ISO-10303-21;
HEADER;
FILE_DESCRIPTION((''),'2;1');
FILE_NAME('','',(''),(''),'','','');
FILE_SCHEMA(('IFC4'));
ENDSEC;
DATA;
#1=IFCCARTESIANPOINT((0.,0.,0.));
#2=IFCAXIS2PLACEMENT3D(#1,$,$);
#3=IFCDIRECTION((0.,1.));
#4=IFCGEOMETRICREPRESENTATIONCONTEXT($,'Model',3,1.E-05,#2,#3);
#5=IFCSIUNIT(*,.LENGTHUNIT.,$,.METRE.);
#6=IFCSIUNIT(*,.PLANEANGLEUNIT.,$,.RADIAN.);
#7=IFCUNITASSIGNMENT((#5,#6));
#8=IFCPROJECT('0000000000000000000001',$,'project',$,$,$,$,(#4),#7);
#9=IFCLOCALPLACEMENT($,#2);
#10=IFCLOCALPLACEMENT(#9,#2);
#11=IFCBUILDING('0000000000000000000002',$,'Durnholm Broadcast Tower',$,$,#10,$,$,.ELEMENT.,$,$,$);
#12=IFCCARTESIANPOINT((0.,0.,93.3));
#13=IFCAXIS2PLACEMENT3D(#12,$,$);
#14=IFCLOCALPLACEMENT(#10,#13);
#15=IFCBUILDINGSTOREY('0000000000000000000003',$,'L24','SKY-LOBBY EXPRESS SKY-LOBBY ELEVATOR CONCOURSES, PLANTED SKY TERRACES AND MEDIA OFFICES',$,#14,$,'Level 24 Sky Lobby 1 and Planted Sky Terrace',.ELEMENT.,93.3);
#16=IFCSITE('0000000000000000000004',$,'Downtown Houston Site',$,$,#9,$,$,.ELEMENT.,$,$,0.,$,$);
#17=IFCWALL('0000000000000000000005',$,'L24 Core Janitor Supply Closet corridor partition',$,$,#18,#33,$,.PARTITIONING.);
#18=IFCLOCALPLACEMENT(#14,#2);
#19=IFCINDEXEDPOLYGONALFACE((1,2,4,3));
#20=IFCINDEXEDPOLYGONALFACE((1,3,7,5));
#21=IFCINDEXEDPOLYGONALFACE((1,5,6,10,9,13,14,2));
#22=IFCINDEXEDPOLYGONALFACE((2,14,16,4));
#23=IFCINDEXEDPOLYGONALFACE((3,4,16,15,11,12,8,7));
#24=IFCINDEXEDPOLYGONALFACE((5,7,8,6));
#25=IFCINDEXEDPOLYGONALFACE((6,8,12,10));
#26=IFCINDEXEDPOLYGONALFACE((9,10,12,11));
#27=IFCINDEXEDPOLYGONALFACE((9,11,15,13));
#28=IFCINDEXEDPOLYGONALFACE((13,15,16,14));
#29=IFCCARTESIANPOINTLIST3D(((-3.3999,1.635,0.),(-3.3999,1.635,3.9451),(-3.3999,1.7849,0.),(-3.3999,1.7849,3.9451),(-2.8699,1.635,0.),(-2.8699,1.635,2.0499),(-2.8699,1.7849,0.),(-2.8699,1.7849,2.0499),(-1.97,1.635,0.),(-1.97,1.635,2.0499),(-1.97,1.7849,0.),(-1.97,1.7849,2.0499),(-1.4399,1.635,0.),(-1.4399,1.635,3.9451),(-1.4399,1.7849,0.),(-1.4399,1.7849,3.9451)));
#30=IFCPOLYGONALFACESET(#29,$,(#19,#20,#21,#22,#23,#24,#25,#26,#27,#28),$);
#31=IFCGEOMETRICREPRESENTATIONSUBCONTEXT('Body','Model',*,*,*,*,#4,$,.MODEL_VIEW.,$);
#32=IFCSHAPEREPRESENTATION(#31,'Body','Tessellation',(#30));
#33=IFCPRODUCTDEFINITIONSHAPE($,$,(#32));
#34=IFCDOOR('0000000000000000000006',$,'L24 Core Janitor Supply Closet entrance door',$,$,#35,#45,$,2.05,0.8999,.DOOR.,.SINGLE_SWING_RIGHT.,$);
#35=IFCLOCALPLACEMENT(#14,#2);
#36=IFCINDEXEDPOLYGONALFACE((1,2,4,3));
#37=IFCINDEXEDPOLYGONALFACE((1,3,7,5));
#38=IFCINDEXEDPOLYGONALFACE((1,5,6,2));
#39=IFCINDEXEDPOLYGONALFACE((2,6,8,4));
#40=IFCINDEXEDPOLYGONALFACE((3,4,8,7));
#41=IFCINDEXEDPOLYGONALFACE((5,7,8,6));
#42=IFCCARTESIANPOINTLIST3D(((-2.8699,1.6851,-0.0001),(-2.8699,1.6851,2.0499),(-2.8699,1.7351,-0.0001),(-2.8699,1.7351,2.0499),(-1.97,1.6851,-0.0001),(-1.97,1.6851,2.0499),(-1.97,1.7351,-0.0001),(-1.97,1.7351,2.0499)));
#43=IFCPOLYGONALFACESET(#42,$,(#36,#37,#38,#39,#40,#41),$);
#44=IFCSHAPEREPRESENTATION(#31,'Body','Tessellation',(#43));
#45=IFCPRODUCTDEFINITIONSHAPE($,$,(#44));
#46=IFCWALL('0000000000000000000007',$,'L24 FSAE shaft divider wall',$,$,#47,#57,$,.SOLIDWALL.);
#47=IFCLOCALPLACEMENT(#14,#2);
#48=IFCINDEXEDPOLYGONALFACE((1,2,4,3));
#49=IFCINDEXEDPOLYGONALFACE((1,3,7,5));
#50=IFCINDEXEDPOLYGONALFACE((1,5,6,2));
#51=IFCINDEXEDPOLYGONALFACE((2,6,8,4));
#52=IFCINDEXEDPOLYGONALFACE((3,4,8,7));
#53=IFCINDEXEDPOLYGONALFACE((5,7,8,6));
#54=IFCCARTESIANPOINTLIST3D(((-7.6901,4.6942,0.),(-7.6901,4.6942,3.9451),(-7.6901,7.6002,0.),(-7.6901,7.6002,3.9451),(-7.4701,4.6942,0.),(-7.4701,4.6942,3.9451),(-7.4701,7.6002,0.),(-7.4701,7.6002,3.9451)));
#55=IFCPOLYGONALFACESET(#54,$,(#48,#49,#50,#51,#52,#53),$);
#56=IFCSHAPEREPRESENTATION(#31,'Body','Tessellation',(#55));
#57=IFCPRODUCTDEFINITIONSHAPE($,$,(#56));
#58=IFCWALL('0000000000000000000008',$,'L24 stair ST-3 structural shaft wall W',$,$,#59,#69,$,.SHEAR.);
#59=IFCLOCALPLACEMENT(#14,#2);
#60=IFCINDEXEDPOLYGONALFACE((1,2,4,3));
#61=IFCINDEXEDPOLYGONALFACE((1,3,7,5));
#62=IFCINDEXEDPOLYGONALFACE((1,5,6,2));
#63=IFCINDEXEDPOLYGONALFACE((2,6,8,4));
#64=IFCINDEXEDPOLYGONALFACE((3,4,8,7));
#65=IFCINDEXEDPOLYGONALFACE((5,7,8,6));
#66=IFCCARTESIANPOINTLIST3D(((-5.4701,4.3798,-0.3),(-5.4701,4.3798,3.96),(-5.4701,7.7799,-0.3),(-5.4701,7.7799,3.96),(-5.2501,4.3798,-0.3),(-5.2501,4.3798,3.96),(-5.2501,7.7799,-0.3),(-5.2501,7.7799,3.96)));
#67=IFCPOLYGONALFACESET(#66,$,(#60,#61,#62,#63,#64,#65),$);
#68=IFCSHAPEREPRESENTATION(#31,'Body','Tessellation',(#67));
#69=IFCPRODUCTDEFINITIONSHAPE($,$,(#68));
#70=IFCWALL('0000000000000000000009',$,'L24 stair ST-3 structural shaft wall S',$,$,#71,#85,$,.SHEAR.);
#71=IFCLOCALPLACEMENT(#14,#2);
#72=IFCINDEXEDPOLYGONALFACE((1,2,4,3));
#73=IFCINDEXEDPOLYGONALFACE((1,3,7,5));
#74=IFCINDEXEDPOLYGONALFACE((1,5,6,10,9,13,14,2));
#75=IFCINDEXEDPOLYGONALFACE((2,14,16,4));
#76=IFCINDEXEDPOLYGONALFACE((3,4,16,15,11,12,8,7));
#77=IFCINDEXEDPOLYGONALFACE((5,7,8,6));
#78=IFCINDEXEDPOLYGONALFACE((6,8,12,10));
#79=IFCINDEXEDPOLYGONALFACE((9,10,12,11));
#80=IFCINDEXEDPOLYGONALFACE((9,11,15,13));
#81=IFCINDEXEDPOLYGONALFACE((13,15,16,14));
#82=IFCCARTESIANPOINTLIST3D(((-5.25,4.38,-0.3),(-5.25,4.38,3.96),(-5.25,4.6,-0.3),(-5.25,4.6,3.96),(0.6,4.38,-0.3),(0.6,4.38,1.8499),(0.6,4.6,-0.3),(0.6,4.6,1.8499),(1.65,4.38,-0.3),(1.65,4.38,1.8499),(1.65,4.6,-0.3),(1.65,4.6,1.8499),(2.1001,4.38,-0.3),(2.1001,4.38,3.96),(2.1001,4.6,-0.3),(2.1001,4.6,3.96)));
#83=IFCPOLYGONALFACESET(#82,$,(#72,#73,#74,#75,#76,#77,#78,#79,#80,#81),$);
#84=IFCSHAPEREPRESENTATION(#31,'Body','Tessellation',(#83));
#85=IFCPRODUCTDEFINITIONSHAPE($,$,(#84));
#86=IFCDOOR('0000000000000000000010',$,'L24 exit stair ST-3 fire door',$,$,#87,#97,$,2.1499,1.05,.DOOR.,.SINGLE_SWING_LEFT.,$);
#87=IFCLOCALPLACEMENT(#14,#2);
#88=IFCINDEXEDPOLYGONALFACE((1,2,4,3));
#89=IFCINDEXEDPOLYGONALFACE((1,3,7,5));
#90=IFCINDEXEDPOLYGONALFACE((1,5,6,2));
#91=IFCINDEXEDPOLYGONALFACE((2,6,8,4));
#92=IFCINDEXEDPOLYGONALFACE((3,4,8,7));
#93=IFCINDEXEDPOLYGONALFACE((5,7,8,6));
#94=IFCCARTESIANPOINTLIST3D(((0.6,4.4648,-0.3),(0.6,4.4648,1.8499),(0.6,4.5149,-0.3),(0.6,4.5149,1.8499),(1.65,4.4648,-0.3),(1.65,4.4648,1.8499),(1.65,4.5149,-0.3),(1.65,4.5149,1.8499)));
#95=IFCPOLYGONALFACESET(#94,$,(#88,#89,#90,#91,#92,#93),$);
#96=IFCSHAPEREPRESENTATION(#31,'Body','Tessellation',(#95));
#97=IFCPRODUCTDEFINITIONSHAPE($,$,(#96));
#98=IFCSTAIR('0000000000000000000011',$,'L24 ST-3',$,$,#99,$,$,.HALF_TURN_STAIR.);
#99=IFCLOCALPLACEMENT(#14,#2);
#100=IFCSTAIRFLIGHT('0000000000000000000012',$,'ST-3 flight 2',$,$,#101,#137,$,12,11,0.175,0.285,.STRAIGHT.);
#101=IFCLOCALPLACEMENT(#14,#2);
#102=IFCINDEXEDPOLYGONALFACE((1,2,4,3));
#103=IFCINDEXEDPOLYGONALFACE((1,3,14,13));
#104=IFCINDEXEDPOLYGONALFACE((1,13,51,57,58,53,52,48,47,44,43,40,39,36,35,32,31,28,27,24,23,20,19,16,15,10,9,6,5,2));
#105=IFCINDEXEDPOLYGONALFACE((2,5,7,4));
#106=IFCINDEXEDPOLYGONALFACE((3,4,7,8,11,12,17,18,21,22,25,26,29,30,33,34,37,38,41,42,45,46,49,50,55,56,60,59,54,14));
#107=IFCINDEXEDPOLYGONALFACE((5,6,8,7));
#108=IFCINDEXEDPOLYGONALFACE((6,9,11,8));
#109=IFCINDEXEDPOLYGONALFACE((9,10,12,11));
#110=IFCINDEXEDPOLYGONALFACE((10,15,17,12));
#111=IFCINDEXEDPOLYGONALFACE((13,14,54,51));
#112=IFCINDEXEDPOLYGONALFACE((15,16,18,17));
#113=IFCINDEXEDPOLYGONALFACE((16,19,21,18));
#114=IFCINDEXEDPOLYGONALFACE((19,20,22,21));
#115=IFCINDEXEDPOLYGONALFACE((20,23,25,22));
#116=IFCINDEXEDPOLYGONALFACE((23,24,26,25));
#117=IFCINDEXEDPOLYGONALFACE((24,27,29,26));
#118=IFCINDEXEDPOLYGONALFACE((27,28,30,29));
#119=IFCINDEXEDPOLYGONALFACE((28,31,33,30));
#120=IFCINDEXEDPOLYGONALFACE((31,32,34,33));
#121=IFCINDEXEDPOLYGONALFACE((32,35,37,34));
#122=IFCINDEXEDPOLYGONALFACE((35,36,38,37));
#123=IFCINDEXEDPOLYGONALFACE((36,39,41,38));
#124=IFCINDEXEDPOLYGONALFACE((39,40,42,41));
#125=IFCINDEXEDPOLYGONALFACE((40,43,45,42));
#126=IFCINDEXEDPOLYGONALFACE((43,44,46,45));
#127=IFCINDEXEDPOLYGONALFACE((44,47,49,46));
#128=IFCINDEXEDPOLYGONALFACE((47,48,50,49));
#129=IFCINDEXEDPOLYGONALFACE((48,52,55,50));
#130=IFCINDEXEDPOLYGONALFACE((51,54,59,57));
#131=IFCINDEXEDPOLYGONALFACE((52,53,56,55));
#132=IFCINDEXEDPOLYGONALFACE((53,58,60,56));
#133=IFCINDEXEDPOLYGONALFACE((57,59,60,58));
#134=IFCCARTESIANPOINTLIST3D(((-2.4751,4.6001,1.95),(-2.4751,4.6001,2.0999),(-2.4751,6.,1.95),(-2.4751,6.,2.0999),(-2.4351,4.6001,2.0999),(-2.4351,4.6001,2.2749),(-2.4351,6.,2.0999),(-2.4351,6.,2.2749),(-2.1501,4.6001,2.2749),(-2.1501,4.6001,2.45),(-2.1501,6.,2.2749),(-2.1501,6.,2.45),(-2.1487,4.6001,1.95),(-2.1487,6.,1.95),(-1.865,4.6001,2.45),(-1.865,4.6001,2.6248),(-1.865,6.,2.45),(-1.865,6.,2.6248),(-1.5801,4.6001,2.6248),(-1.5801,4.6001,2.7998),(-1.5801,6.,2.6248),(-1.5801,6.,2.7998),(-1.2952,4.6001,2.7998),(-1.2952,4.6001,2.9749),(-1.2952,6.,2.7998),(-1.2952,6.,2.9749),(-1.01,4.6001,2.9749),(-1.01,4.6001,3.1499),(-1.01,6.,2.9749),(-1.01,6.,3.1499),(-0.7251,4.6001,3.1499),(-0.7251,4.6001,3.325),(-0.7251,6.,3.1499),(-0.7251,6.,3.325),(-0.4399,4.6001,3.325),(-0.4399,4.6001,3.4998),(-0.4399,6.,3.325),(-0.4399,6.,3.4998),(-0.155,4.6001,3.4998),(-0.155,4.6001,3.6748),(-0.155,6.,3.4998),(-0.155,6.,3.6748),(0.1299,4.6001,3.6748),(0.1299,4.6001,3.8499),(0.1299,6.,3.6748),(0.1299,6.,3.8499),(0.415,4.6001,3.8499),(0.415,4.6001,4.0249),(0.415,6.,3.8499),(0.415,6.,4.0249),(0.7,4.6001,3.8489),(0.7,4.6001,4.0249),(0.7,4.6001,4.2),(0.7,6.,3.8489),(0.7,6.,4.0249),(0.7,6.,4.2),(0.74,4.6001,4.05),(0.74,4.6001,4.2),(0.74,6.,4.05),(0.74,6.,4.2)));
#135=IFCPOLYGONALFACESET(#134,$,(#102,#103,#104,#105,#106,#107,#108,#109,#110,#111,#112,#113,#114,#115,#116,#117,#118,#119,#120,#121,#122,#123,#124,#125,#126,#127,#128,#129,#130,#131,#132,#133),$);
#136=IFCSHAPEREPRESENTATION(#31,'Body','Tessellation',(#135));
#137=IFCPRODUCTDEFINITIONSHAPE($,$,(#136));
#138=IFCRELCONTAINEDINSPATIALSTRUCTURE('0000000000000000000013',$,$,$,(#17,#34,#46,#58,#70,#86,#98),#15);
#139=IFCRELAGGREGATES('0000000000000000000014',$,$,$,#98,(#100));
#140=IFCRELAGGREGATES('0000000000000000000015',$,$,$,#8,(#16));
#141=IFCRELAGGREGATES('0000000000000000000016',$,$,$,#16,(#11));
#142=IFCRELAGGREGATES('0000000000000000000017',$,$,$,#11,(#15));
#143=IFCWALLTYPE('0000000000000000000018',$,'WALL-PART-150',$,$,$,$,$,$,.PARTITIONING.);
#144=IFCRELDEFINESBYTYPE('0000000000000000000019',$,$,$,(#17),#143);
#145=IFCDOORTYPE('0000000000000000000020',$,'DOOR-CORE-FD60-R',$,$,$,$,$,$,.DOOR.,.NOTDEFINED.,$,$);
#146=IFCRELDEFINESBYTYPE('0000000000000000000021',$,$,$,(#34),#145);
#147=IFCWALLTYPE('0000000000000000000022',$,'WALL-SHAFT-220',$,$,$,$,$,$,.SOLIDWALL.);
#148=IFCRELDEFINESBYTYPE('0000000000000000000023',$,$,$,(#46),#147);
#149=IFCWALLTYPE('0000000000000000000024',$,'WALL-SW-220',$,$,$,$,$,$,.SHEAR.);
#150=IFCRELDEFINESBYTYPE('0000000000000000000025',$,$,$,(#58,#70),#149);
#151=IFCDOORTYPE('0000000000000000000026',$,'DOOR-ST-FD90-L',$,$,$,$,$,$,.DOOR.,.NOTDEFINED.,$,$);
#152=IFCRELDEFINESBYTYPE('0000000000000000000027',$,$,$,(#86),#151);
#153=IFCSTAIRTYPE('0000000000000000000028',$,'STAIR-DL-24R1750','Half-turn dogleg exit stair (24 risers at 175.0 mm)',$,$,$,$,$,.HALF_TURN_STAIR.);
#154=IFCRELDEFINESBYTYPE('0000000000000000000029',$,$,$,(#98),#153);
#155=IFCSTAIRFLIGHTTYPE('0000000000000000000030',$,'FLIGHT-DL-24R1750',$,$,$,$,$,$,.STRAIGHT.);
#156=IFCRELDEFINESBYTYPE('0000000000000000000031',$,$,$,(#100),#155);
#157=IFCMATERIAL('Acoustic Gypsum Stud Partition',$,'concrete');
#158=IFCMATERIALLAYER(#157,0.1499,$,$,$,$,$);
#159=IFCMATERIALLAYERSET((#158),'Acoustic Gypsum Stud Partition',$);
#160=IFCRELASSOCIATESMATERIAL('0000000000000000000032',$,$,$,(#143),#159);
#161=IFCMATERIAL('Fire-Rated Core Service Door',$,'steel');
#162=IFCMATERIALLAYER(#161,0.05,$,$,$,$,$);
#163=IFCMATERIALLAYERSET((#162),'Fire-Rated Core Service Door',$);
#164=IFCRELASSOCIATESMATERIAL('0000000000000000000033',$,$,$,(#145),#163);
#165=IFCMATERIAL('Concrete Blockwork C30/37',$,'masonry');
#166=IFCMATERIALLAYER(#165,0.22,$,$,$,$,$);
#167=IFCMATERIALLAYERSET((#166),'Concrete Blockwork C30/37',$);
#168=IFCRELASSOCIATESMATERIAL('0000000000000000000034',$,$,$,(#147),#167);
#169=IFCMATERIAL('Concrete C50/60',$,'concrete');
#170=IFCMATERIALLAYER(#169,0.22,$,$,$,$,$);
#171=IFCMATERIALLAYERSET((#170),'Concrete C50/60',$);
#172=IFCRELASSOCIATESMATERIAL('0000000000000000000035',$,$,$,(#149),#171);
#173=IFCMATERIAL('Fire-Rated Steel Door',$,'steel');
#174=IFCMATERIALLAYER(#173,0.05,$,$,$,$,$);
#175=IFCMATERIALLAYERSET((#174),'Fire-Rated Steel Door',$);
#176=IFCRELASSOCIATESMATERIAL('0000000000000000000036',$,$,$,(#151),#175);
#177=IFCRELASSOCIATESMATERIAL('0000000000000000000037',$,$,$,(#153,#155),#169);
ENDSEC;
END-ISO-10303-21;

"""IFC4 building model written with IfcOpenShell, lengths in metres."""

from ifc_helpers import new_model, si_unit, direction, frame, frame_2d, origin, place, context, subcontext, project, spatial, polyline, rectangle, outline, extrude, source, transform, mapped, material, layer, layer_set, type_object, type_shapes, element, fill, aggregate, save


model = new_model("IFC4")

# Units and contexts
model_context = context("Model", 3, precision=1e-05, world=origin(), true_north=direction((0.0, 1.0)))
body_context = subcontext(model_context, "Body", "Model", "MODEL_VIEW")
ifc_project = project(units=[si_unit("LENGTHUNIT", "METRE"), si_unit("PLANEANGLEUNIT", "RADIAN")], contexts=[model_context])

# Site, building, storey
site_placement = place(None, origin())
site = spatial("IfcSite", under=ifc_project, at=site_placement, Name="Downtown Houston Site", CompositionType="ELEMENT", RefElevation=0.0)
building_placement = place(site_placement, origin())
building = spatial("IfcBuilding", under=site, at=building_placement, Name="Durnholm Broadcast Tower", CompositionType="ELEMENT")
storey_placement = place(building_placement, frame((0.0, 0.0, 93.3)))
storey = spatial("IfcBuildingStorey", under=building, at=storey_placement, Name="L24", Description="SKY-LOBBY EXPRESS SKY-LOBBY ELEVATOR CONCOURSES, PLANTED SKY TERRACES AND MEDIA OFFICES", LongName="Level 24 Sky Lobby 1 and Planted Sky Terrace", CompositionType="ELEMENT", Elevation=93.3)

# Shared definitions
ifc_material_1 = material(Name="Fire-Rated Core Service Door", Category="steel")

# Wall, opening, door
ifc_material_2 = material(Name="Acoustic Gypsum Stud Partition", Category="concrete")
ifc_layer_1 = layer(ifc_material_2, 0.1499)
ifc_layer_set_1 = layer_set([ifc_layer_1], Name="Acoustic Gypsum Stud Partition")
wall_type_1 = type_object("IfcWallType", Name="WALL-PART-150", PredefinedType="PARTITIONING", material=ifc_layer_set_1)
wall_1_placement = place(storey_placement, frame((-1.4399, 1.71, 0.0), z_axis=(0.0, 0.0, 1.0), x_axis=(-1.0, 0.0, 0.0)))
wall_1 = element("IfcWall", 1, at=wall_1_placement, inside=storey, type_object=wall_type_1, Name="L24 Core Janitor Supply Closet corridor partition", PredefinedType="PARTITIONING", context=body_context, shape_type="SweptSolid", body=[
    extrude(rectangle(XDim=1.96, YDim=0.1499, at=frame_2d((0.98, 0.0))), origin(), (0.0, 0.0, 1.0), 3.9451),
])
opening_1_placement = place(wall_1_placement, frame((0.53, 0.0, 0.0)))
opening_1 = element("IfcOpeningElement", 2, at=opening_1_placement, cuts=wall_1, PredefinedType="OPENING", context=body_context, shape_type="SweptSolid", body=[
    extrude(rectangle(XDim=0.8999, YDim=2.05, at=frame_2d((0.45, 1.0249))), frame((0.0, 0.085, 0.0), z_axis=(0.0, -1.0, 0.0), x_axis=(1.0, 0.0, 0.0)), (0.0, 0.0, 1.0), 0.1699),
])
ifc_layer_2 = layer(ifc_material_1, 0.05)
ifc_layer_set_2 = layer_set([ifc_layer_2], Name="Fire-Rated Core Service Door")
door_type_1 = type_object("IfcDoorType", Name="DOOR-CORE-FD60-R", OperationType="NOTDEFINED", PredefinedType="DOOR", material=ifc_layer_set_2)
shared_shape_1 = source(origin(), body_context, "Body", "SweptSolid", [
    extrude(rectangle(XDim=0.8999, YDim=2.05, at=frame_2d((0.45, 1.0249))), frame((0.0, 0.0249, 0.0), z_axis=(0.0, -1.0, 0.0), x_axis=(1.0, 0.0, 0.0)), (0.0, 0.0, 1.0), 0.05),
])
type_shapes(door_type_1, [shared_shape_1])
door_1_placement = place(opening_1_placement, origin())
door_1 = element("IfcDoor", 3, at=door_1_placement, inside=storey, type_object=door_type_1, Name="L24 Core Janitor Supply Closet entrance door", OperationType="SINGLE_SWING_RIGHT", OverallHeight=2.05, OverallWidth=0.8999, PredefinedType="DOOR", context=body_context, shape_type="MappedRepresentation", body=[
    mapped(shared_shape_1, transform((0.0, 0.0, 0.0), x_axis=(1.0, 0.0, 0.0), y_axis=(0.0, 1.0, 0.0), z_axis=(0.0, 0.0, 1.0), scale=1.0)),
])
fill(opening_1, door_1)

# Shared definitions
ifc_material_3 = material(Name="Concrete Blockwork C30/37", Category="masonry")
ifc_layer_3 = layer(ifc_material_3, 0.22)
ifc_layer_set_3 = layer_set([ifc_layer_3], Name="Concrete Blockwork C30/37")
wall_type_2 = type_object("IfcWallType", Name="WALL-SHAFT-220", PredefinedType="SOLIDWALL", material=ifc_layer_set_3)

# Walls
wall_2_placement = place(storey_placement, frame((-7.5801, 4.6941, 0.0), z_axis=(0.0, 0.0, 1.0), x_axis=(0.0, 1.0, 0.0)))
element("IfcWall", 4, at=wall_2_placement, inside=storey, type_object=wall_type_2, Name="L24 FSAE shaft divider wall", PredefinedType="SOLIDWALL", context=body_context, shape_type="SweptSolid", body=[
    extrude(rectangle(XDim=2.906, YDim=0.22, at=frame_2d((1.4531, 0.0))), origin(), (0.0, 0.0, 1.0), 3.9451),
])
ifc_material_4 = material(Name="Concrete C50/60", Category="concrete")
ifc_layer_4 = layer(ifc_material_4, 0.22)
ifc_layer_set_4 = layer_set([ifc_layer_4], Name="Concrete C50/60")
wall_type_3 = type_object("IfcWallType", Name="WALL-SW-220", PredefinedType="SHEAR", material=ifc_layer_set_4)
wall_3_placement = place(storey_placement, frame((-5.3601, 7.78, -0.3), z_axis=(0.0, 0.0, 1.0), x_axis=(0.0, -1.0, 0.0)))
element("IfcWall", 5, at=wall_3_placement, inside=storey, type_object=wall_type_3, Name="L24 stair ST-3 structural shaft wall W", PredefinedType="SHEAR", context=body_context, shape_type="SweptSolid", body=[
    extrude(rectangle(XDim=3.4001, YDim=0.22, at=frame_2d((1.7002, 0.0))), origin(), (0.0, 0.0, 1.0), 4.26),
])

# Wall, opening, door
wall_4_placement = place(storey_placement, frame((-5.25, 4.49, -0.3), z_axis=(0.0, 0.0, 1.0), x_axis=(1.0, 0.0, 0.0)))
wall_4 = element("IfcWall", 6, at=wall_4_placement, inside=storey, type_object=wall_type_3, Name="L24 stair ST-3 structural shaft wall S", PredefinedType="SHEAR", context=body_context, shape_type="SweptSolid", body=[
    extrude(rectangle(XDim=7.3501, YDim=0.22, at=frame_2d((3.675, 0.0))), origin(), (0.0, 0.0, 1.0), 4.26),
])
opening_2_placement = place(wall_4_placement, frame((5.8501, 0.0, 0.0)))
opening_2 = element("IfcOpeningElement", 7, at=opening_2_placement, cuts=wall_4, PredefinedType="OPENING", context=body_context, shape_type="SweptSolid", body=[
    extrude(rectangle(XDim=1.05, YDim=2.1499, at=frame_2d((0.5249, 1.075))), frame((0.0, 0.1201, 0.0), z_axis=(0.0, -1.0, 0.0), x_axis=(1.0, 0.0, 0.0)), (0.0, 0.0, 1.0), 0.24),
])
ifc_material_5 = material(Name="Fire-Rated Steel Door", Category="steel")
ifc_layer_5 = layer(ifc_material_5, 0.05)
ifc_layer_set_5 = layer_set([ifc_layer_5], Name="Fire-Rated Steel Door")
door_type_2 = type_object("IfcDoorType", Name="DOOR-ST-FD90-L", OperationType="NOTDEFINED", PredefinedType="DOOR", material=ifc_layer_set_5)
shared_shape_2 = source(origin(), body_context, "Body", "SweptSolid", [
    extrude(rectangle(XDim=1.05, YDim=2.1499, at=frame_2d((0.5249, 1.075))), frame((0.0, 0.0249, 0.0), z_axis=(0.0, -1.0, 0.0), x_axis=(1.0, 0.0, 0.0)), (0.0, 0.0, 1.0), 0.05),
])
type_shapes(door_type_2, [shared_shape_2])
door_2_placement = place(opening_2_placement, origin())
door_2 = element("IfcDoor", 8, at=door_2_placement, inside=storey, type_object=door_type_2, Name="L24 exit stair ST-3 fire door", OperationType="SINGLE_SWING_LEFT", OverallHeight=2.1499, OverallWidth=1.05, PredefinedType="DOOR", context=body_context, shape_type="MappedRepresentation", body=[
    mapped(shared_shape_2, transform((0.0, 0.0, 0.0), x_axis=(1.0, 0.0, 0.0), y_axis=(0.0, 1.0, 0.0), z_axis=(0.0, 0.0, 1.0), scale=1.0)),
])
fill(opening_2, door_2)

# Stair, stair flight
stair_type = type_object("IfcStairType", Name="STAIR-DL-24R1750", Description="Half-turn dogleg exit stair (24 risers at 175.0 mm)", PredefinedType="HALF_TURN_STAIR", material=ifc_material_4)
stair_placement = place(storey_placement, origin())
stair = element("IfcStair", 9, at=stair_placement, inside=storey, type_object=stair_type, Name="L24 ST-3", PredefinedType="HALF_TURN_STAIR")
stair_flight_type = type_object("IfcStairFlightType", Name="FLIGHT-DL-24R1750", PredefinedType="STRAIGHT", material=ifc_material_4)
stair_flight_placement = place(storey_placement, frame((-2.4351, 5.3, 2.0999), z_axis=(0.0, 0.0, 1.0), x_axis=(1.0, 0.0, 0.0)))
stair_flight = element("IfcStairFlight", 10, at=stair_flight_placement, type_object=stair_flight_type, Name="ST-3 flight 2", NumberOfRisers=12, NumberOfTreads=11, PredefinedType="STRAIGHT", RiserHeight=0.175, TreadLength=0.285, context=body_context, shape_type="SweptSolid", body=[
    extrude(outline(polyline([(-0.04, -0.1499), (-0.04, 0.0), (0.0, 0.0), (0.0, 0.175), (0.2849, 0.175), (0.2849, 0.3501), (0.5701, 0.3501), (0.5701, 0.5249), (0.855, 0.5249), (0.855, 0.7), (1.1399, 0.7), (1.1399, 0.875), (1.425, 0.875), (1.425, 1.05), (1.71, 1.05), (1.71, 1.2251), (1.9951, 1.2251), (1.9951, 1.3999), (2.28, 1.3999), (2.28, 1.575), (2.5649, 1.575), (2.5649, 1.75), (2.8501, 1.75), (2.8501, 1.925), (3.135, 1.925), (3.135, 2.1001), (3.175, 2.1001), (3.175, 1.9502), (3.135, 1.749), (0.2864, -0.1499), (-0.04, -0.1499)])), frame((0.0, 0.7, 0.0), z_axis=(0.0, -1.0, 0.0), x_axis=(1.0, 0.0, 0.0)), (0.0, 0.0, 1.0), 1.3999),
])
aggregate(stair, [stair_flight])

save(model, "model.ifc")
